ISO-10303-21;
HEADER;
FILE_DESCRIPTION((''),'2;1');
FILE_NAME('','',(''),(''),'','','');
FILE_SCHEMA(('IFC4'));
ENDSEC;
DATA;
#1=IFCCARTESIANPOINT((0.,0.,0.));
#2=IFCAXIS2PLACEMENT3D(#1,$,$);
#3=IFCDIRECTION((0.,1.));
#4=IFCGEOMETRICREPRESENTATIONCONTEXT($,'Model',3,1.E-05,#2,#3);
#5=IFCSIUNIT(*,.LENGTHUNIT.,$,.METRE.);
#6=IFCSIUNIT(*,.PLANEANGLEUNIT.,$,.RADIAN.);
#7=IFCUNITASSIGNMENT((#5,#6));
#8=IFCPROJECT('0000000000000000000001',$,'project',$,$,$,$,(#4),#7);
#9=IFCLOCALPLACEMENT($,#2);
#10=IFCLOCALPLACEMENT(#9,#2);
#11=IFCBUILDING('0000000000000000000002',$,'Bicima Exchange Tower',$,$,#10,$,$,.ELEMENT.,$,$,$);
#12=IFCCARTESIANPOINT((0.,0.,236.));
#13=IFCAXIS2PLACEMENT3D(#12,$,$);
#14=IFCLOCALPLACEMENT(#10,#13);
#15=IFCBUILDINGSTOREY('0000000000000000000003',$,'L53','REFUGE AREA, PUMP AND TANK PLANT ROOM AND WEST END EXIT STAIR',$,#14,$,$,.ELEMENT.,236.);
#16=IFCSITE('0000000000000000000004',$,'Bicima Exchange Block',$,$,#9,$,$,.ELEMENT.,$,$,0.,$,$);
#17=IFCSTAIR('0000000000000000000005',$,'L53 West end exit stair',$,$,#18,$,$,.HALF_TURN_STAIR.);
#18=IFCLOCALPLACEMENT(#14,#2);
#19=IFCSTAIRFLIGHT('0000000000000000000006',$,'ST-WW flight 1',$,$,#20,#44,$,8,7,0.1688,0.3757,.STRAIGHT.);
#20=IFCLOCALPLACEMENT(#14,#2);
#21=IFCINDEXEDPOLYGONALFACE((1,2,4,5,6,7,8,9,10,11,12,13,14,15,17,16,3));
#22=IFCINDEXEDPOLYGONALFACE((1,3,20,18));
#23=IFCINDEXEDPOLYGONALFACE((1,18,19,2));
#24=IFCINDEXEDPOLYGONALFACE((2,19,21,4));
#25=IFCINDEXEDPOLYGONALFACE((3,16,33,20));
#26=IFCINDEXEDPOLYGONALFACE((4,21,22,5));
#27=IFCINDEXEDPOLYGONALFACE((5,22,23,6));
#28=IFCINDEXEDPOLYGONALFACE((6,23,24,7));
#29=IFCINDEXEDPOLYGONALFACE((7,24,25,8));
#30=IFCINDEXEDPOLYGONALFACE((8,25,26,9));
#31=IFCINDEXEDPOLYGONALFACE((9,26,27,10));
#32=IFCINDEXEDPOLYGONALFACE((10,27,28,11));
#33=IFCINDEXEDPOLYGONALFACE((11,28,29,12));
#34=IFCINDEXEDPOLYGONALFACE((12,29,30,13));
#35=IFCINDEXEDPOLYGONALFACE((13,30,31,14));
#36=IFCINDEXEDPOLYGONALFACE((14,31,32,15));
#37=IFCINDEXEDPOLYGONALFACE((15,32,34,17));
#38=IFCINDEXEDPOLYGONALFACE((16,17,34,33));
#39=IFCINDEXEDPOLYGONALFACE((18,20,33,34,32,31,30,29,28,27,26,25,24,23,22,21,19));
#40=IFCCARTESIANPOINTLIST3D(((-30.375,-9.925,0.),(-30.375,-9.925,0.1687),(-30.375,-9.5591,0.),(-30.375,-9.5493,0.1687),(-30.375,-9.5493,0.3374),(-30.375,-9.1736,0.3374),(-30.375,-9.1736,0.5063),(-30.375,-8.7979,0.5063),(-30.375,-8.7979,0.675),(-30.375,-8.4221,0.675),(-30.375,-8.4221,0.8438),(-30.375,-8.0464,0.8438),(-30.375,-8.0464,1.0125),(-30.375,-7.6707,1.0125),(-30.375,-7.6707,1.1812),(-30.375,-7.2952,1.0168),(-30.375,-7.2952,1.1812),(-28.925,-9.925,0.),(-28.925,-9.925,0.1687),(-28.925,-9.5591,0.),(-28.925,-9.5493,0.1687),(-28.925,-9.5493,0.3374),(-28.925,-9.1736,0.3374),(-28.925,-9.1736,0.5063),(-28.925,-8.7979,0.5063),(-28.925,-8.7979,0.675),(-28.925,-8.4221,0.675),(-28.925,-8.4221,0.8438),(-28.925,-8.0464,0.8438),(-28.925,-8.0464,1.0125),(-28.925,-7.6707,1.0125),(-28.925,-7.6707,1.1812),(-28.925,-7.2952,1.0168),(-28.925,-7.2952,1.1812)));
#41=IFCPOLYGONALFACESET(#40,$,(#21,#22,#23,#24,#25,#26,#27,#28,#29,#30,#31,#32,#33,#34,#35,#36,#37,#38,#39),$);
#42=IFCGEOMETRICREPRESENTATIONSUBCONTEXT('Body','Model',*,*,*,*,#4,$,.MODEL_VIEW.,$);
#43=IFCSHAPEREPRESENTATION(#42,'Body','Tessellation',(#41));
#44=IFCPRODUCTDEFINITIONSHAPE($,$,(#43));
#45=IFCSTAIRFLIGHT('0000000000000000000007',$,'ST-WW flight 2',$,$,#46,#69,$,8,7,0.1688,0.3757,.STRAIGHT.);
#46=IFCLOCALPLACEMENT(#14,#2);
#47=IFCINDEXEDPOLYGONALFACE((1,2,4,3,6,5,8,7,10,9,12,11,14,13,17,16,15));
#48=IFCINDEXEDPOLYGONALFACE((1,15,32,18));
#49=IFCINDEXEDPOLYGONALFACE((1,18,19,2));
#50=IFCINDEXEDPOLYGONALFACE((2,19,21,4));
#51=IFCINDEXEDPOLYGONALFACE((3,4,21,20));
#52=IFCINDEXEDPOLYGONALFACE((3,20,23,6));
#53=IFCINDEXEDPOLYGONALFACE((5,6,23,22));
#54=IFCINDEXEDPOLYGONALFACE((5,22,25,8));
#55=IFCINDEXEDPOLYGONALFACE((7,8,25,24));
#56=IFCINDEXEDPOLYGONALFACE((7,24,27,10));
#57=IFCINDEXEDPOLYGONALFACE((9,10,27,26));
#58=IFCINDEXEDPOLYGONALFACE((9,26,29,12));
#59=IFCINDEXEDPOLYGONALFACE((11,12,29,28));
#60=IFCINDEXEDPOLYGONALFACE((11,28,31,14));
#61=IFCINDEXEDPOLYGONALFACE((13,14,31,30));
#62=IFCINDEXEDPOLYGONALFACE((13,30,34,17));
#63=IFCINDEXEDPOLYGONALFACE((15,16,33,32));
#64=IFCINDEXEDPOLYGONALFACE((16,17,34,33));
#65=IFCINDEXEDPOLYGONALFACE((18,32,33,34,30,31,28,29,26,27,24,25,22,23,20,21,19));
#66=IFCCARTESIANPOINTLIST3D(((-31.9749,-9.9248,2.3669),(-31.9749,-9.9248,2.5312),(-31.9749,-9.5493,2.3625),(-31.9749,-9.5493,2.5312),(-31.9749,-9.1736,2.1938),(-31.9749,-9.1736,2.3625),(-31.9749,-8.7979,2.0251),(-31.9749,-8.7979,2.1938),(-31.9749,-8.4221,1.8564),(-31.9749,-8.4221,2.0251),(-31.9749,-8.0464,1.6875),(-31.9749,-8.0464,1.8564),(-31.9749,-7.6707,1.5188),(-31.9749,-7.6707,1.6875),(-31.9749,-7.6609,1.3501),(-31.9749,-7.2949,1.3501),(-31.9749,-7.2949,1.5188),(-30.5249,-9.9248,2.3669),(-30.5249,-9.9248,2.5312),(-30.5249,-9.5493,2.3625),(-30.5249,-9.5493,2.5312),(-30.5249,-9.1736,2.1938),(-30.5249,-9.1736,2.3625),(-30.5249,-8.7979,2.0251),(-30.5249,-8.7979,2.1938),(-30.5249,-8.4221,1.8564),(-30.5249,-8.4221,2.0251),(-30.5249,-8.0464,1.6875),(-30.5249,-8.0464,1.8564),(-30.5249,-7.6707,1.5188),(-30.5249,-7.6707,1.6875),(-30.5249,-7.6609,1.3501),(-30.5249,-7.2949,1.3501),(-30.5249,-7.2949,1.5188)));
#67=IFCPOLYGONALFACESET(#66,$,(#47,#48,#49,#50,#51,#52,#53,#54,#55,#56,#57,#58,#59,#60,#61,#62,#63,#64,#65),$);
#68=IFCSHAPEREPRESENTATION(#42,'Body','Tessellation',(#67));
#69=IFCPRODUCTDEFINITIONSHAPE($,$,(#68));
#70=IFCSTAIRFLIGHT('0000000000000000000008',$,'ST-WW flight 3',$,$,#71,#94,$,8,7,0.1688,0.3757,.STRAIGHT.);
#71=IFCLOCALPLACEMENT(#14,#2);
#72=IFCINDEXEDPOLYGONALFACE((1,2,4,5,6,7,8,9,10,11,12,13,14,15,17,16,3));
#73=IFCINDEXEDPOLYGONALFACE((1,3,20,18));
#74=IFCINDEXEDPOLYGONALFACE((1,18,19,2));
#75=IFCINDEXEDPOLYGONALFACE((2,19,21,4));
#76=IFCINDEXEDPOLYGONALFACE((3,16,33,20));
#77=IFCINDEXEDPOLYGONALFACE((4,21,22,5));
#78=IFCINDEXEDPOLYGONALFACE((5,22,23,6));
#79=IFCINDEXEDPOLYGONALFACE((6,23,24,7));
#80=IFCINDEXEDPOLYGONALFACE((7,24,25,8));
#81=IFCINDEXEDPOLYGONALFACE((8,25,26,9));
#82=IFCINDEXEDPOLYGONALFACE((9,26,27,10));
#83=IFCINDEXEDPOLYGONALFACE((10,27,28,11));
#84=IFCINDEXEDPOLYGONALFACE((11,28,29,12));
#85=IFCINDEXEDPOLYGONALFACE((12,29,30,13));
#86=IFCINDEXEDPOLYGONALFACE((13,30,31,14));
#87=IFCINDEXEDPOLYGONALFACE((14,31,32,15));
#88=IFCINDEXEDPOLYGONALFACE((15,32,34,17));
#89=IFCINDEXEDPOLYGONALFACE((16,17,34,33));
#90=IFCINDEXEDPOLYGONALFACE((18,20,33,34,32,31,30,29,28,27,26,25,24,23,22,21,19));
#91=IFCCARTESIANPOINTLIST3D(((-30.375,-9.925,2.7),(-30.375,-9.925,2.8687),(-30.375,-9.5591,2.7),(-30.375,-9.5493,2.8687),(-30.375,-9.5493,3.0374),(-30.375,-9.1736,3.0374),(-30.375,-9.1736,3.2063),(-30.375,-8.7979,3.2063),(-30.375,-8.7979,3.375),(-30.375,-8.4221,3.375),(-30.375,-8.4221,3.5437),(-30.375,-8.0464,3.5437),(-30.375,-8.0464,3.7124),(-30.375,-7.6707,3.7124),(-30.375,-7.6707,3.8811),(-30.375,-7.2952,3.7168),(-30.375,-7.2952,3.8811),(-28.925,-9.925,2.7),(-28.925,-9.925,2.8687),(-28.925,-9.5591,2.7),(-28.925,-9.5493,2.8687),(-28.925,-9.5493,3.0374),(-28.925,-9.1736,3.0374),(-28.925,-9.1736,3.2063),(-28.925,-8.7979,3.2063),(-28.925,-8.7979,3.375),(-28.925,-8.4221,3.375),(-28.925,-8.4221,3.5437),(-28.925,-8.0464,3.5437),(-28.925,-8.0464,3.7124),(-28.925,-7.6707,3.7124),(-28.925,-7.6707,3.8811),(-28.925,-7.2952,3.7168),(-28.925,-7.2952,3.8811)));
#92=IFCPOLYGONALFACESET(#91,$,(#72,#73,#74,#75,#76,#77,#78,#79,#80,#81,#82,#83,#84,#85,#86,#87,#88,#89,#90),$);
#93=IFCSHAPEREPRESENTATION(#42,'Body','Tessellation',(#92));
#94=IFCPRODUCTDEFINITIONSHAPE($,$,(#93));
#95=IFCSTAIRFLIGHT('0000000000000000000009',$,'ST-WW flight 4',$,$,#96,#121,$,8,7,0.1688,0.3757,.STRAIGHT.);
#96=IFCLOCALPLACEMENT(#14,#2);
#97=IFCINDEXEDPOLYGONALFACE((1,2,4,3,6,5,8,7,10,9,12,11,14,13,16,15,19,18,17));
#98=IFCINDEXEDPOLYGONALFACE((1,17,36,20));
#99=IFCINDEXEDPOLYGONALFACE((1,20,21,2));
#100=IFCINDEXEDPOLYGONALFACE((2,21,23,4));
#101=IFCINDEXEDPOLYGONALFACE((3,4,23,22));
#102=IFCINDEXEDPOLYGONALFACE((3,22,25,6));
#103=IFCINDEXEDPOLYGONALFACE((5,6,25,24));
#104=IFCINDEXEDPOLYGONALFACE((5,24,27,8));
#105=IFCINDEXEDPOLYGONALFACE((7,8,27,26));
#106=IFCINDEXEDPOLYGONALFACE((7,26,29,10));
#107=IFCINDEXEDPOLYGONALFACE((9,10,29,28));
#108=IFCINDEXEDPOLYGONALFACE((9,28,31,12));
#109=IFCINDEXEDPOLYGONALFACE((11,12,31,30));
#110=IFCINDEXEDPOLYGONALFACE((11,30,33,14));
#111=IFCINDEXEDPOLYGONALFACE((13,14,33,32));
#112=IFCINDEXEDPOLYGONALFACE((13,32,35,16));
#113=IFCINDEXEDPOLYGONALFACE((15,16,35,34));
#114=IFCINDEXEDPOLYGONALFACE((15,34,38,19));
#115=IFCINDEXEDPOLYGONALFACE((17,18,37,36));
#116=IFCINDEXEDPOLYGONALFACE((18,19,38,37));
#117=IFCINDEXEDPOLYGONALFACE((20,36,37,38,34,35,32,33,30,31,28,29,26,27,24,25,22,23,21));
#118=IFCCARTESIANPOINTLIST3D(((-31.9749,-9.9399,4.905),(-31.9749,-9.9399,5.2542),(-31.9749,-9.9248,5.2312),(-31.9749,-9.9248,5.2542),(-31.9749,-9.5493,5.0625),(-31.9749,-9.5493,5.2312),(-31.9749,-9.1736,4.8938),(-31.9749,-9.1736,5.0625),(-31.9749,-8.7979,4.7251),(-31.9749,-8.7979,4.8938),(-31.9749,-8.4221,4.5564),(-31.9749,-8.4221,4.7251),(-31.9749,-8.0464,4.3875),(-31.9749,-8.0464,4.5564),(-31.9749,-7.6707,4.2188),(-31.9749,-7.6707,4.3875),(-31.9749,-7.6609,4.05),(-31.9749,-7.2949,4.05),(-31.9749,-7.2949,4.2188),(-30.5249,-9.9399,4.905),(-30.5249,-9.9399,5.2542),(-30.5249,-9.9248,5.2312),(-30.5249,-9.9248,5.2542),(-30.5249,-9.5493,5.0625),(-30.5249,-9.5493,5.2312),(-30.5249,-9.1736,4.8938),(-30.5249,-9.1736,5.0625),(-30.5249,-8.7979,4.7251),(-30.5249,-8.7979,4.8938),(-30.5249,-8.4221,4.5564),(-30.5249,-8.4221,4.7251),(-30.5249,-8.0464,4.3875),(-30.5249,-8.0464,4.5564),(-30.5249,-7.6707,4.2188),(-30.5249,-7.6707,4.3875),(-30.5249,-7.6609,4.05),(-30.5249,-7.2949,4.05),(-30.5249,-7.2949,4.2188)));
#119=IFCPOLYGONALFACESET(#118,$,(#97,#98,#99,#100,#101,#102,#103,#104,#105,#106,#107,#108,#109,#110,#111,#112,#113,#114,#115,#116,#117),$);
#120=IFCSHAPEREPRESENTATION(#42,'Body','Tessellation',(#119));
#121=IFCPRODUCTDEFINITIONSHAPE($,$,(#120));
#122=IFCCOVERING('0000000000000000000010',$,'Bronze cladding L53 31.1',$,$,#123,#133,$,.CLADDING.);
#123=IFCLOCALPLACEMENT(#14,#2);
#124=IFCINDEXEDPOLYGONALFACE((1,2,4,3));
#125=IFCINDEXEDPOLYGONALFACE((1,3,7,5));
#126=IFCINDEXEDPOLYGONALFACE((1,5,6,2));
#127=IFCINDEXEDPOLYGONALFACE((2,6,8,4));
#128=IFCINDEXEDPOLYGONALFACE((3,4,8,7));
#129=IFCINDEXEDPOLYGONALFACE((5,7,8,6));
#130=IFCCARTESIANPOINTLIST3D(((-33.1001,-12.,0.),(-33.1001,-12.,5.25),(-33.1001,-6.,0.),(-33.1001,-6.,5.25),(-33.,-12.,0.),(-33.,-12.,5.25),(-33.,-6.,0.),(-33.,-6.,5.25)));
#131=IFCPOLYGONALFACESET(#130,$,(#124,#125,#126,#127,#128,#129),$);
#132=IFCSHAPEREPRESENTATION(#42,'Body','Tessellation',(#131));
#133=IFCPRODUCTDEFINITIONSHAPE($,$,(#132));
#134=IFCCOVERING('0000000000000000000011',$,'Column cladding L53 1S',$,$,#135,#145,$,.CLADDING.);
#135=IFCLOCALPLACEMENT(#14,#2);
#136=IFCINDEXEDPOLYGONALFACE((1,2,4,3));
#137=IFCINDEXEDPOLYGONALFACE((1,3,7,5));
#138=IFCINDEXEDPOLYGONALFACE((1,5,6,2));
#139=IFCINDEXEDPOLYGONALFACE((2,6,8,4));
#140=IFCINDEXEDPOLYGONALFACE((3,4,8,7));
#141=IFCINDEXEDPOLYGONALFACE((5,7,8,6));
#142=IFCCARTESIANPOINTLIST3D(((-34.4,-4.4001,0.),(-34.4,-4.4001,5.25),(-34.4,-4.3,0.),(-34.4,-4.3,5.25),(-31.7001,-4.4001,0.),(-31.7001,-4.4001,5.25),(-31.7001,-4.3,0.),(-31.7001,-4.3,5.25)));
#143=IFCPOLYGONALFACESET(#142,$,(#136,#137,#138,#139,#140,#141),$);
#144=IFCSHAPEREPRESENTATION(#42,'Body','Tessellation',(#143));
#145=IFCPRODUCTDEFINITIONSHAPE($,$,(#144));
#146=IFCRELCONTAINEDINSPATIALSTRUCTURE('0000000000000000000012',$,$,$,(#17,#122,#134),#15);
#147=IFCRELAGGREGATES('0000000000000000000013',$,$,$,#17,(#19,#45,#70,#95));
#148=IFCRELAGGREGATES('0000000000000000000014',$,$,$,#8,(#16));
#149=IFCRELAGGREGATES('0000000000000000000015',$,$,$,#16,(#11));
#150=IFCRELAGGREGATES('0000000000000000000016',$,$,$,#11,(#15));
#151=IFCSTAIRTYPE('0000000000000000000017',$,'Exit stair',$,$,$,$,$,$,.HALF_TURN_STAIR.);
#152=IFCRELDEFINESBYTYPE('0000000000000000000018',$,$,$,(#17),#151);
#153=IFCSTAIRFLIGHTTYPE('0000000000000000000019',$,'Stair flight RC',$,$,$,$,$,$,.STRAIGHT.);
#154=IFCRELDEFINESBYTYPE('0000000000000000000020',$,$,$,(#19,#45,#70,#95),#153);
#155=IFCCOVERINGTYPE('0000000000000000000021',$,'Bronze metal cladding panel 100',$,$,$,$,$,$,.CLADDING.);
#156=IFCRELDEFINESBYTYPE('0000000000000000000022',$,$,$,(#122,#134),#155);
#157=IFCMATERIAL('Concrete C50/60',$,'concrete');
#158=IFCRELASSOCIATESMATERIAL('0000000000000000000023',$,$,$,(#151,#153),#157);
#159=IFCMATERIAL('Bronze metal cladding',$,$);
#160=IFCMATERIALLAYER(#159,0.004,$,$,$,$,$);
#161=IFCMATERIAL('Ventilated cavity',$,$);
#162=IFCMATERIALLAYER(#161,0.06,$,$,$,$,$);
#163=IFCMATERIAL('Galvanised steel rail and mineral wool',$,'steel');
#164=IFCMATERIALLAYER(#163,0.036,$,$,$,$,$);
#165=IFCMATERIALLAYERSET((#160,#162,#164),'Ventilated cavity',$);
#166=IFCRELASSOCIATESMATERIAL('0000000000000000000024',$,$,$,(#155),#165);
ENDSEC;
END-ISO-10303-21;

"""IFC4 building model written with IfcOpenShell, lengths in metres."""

from ifc_helpers import new_model, si_unit, direction, frame, origin, origin_2d, place, context, subcontext, project, spatial, polyline, rectangle, outline, extrude, material, layer, layer_set, type_object, element, aggregate, save


model = new_model("IFC4")

# Units and contexts
model_context = context("Model", 3, precision=1e-05, world=origin(), true_north=direction((0.0, 1.0)))
body_context = subcontext(model_context, "Body", "Model", "MODEL_VIEW")
ifc_project = project(units=[si_unit("LENGTHUNIT", "METRE"), si_unit("PLANEANGLEUNIT", "RADIAN")], contexts=[model_context])

# Site, building, storey
site_placement = place(None, origin())
site = spatial("IfcSite", under=ifc_project, at=site_placement, Name="Bicima Exchange Block", CompositionType="ELEMENT", RefElevation=0.0)
building_placement = place(site_placement, origin())
building = spatial("IfcBuilding", under=site, at=building_placement, Name="Bicima Exchange Tower", CompositionType="ELEMENT")
storey_placement = place(building_placement, frame((0.0, 0.0, 236.0)))
storey = spatial("IfcBuildingStorey", under=building, at=storey_placement, Name="L53", Description="REFUGE AREA, PUMP AND TANK PLANT ROOM AND WEST END EXIT STAIR", CompositionType="ELEMENT", Elevation=236.0)

# Shared definitions
ifc_material_1 = material(Name="Concrete C50/60", Category="concrete")

# Stair, stair flights
stair_type = type_object("IfcStairType", Name="Exit stair", PredefinedType="HALF_TURN_STAIR", material=ifc_material_1)
stair_placement = place(storey_placement, origin())
stair = element("IfcStair", 1, at=stair_placement, inside=storey, type_object=stair_type, Name="L53 West end exit stair", PredefinedType="HALF_TURN_STAIR")
stair_flight_type = type_object("IfcStairFlightType", Name="Stair flight RC", PredefinedType="STRAIGHT", material=ifc_material_1)
stair_flight_1_placement = place(storey_placement, frame((-29.6499, -9.925, 0.0), z_axis=(0.0, 0.0, 1.0), x_axis=(0.0, 1.0, 0.0)))
stair_flight_1 = element("IfcStairFlight", 2, at=stair_flight_1_placement, type_object=stair_flight_type, Name="ST-WW flight 1", NumberOfRisers=8, NumberOfTreads=7, PredefinedType="STRAIGHT", RiserHeight=0.1688, TreadLength=0.3757, context=body_context, shape_type="SweptSolid", body=[
    extrude(outline(polyline([(0.0, 0.0), (0.0, 0.1687), (0.3757, 0.1687), (0.3757, 0.3374), (0.7515, 0.3374), (0.7515, 0.5063), (1.1272, 0.5063), (1.1272, 0.675), (1.5029, 0.675), (1.5029, 0.8438), (1.8787, 0.8438), (1.8787, 1.0125), (2.2544, 1.0125), (2.2544, 1.1812), (2.6299, 1.1812), (2.6299, 1.3501), (2.6299, 1.0168), (0.366, 0.0), (0.0, 0.0)])), frame((0.0, 0.7251, 0.0), z_axis=(0.0, -1.0, 0.0), x_axis=(1.0, 0.0, 0.0)), (0.0, 0.0, 1.0), 1.45),
])
stair_flight_2_placement = place(storey_placement, frame((-31.25, -7.2949, 1.3501), z_axis=(0.0, 0.0, 1.0), x_axis=(0.0, -1.0, 0.0)))
stair_flight_2 = element("IfcStairFlight", 3, at=stair_flight_2_placement, type_object=stair_flight_type, Name="ST-WW flight 2", NumberOfRisers=8, NumberOfTreads=7, PredefinedType="STRAIGHT", RiserHeight=0.1688, TreadLength=0.3757, context=body_context, shape_type="SweptSolid", body=[
    extrude(outline(polyline([(0.0, 0.0), (0.0, 0.1687), (0.3757, 0.1687), (0.3757, 0.3374), (0.7515, 0.3374), (0.7515, 0.5063), (1.1272, 0.5063), (1.1272, 0.675), (1.5029, 0.675), (1.5029, 0.8438), (1.8787, 0.8438), (1.8787, 1.0125), (2.2544, 1.0125), (2.2544, 1.1812), (2.6299, 1.1812), (2.6299, 1.3501), (2.6299, 1.0168), (0.366, 0.0), (0.0, 0.0)])), frame((0.0, 0.7251, 0.0), z_axis=(0.0, -1.0, 0.0), x_axis=(1.0, 0.0, 0.0)), (0.0, 0.0, 1.0), 1.45),
])
stair_flight_3_placement = place(storey_placement, frame((-29.6499, -9.925, 2.7), z_axis=(0.0, 0.0, 1.0), x_axis=(0.0, 1.0, 0.0)))
stair_flight_3 = element("IfcStairFlight", 4, at=stair_flight_3_placement, type_object=stair_flight_type, Name="ST-WW flight 3", NumberOfRisers=8, NumberOfTreads=7, PredefinedType="STRAIGHT", RiserHeight=0.1688, TreadLength=0.3757, context=body_context, shape_type="SweptSolid", body=[
    extrude(outline(polyline([(0.0, 0.0), (0.0, 0.1687), (0.3757, 0.1687), (0.3757, 0.3374), (0.7515, 0.3374), (0.7515, 0.5063), (1.1272, 0.5063), (1.1272, 0.675), (1.5029, 0.675), (1.5029, 0.8438), (1.8787, 0.8438), (1.8787, 1.0125), (2.2544, 1.0125), (2.2544, 1.1812), (2.6299, 1.1812), (2.6299, 1.3501), (2.6299, 1.0168), (0.366, 0.0), (0.0, 0.0)])), frame((0.0, 0.7251, 0.0), z_axis=(0.0, -1.0, 0.0), x_axis=(1.0, 0.0, 0.0)), (0.0, 0.0, 1.0), 1.45),
])
stair_flight_4_placement = place(storey_placement, frame((-31.25, -7.2949, 4.05), z_axis=(0.0, 0.0, 1.0), x_axis=(0.0, -1.0, 0.0)))
stair_flight_4 = element("IfcStairFlight", 5, at=stair_flight_4_placement, type_object=stair_flight_type, Name="ST-WW flight 4", NumberOfRisers=8, NumberOfTreads=7, PredefinedType="STRAIGHT", RiserHeight=0.1688, TreadLength=0.3757, context=body_context, shape_type="SweptSolid", body=[
    extrude(outline(polyline([(0.0, 0.0), (0.0, 0.1687), (0.3757, 0.1687), (0.3757, 0.3374), (0.7515, 0.3374), (0.7515, 0.5063), (1.1272, 0.5063), (1.1272, 0.675), (1.5029, 0.675), (1.5029, 0.8438), (1.8787, 0.8438), (1.8787, 1.0125), (2.2544, 1.0125), (2.2544, 1.1812), (2.6299, 1.1812), (2.6299, 1.2041), (2.645, 1.2041), (2.645, 0.855), (0.366, 0.0), (0.0, 0.0)])), frame((0.0, 0.7251, 0.0), z_axis=(0.0, -1.0, 0.0), x_axis=(1.0, 0.0, 0.0)), (0.0, 0.0, 1.0), 1.45),
])
aggregate(stair, [stair_flight_1, stair_flight_2, stair_flight_3, stair_flight_4])

# Coverings
ifc_material_2 = material(Name="Bronze metal cladding")
ifc_layer_1 = layer(ifc_material_2, 0.004)
ifc_material_3 = material(Name="Ventilated cavity")
ifc_layer_2 = layer(ifc_material_3, 0.06)
ifc_material_4 = material(Name="Galvanised steel rail and mineral wool", Category="steel")
ifc_layer_3 = layer(ifc_material_4, 0.036)
ifc_layer_set_1 = layer_set([ifc_layer_1, ifc_layer_2, ifc_layer_3], Name="Ventilated cavity")
covering_type = type_object("IfcCoveringType", Name="Bronze metal cladding panel 100", PredefinedType="CLADDING", material=ifc_layer_set_1)
covering_1_placement = place(storey_placement, frame((-33.05, -9.0, 0.0), z_axis=(0.0, 0.0, 1.0), x_axis=(0.0, -1.0, 0.0)))
element("IfcCovering", 6, at=covering_1_placement, inside=storey, type_object=covering_type, Name="Bronze cladding L53 31.1", PredefinedType="CLADDING", context=body_context, shape_type="SweptSolid", body=[
    extrude(rectangle(XDim=6.0, YDim=0.1001, at=origin_2d()), origin(), (0.0, 0.0, 1.0), 5.25),
])
covering_2_placement = place(storey_placement, frame((-33.05, -4.3501, 0.0), z_axis=(0.0, 0.0, 1.0), x_axis=(1.0, 0.0, 0.0)))
element("IfcCovering", 7, at=covering_2_placement, inside=storey, type_object=covering_type, Name="Column cladding L53 1S", PredefinedType="CLADDING", context=body_context, shape_type="SweptSolid", body=[
    extrude(rectangle(XDim=2.7, YDim=0.1001, at=origin_2d()), origin(), (0.0, 0.0, 1.0), 5.25),
])

save(model, "model.ifc")
